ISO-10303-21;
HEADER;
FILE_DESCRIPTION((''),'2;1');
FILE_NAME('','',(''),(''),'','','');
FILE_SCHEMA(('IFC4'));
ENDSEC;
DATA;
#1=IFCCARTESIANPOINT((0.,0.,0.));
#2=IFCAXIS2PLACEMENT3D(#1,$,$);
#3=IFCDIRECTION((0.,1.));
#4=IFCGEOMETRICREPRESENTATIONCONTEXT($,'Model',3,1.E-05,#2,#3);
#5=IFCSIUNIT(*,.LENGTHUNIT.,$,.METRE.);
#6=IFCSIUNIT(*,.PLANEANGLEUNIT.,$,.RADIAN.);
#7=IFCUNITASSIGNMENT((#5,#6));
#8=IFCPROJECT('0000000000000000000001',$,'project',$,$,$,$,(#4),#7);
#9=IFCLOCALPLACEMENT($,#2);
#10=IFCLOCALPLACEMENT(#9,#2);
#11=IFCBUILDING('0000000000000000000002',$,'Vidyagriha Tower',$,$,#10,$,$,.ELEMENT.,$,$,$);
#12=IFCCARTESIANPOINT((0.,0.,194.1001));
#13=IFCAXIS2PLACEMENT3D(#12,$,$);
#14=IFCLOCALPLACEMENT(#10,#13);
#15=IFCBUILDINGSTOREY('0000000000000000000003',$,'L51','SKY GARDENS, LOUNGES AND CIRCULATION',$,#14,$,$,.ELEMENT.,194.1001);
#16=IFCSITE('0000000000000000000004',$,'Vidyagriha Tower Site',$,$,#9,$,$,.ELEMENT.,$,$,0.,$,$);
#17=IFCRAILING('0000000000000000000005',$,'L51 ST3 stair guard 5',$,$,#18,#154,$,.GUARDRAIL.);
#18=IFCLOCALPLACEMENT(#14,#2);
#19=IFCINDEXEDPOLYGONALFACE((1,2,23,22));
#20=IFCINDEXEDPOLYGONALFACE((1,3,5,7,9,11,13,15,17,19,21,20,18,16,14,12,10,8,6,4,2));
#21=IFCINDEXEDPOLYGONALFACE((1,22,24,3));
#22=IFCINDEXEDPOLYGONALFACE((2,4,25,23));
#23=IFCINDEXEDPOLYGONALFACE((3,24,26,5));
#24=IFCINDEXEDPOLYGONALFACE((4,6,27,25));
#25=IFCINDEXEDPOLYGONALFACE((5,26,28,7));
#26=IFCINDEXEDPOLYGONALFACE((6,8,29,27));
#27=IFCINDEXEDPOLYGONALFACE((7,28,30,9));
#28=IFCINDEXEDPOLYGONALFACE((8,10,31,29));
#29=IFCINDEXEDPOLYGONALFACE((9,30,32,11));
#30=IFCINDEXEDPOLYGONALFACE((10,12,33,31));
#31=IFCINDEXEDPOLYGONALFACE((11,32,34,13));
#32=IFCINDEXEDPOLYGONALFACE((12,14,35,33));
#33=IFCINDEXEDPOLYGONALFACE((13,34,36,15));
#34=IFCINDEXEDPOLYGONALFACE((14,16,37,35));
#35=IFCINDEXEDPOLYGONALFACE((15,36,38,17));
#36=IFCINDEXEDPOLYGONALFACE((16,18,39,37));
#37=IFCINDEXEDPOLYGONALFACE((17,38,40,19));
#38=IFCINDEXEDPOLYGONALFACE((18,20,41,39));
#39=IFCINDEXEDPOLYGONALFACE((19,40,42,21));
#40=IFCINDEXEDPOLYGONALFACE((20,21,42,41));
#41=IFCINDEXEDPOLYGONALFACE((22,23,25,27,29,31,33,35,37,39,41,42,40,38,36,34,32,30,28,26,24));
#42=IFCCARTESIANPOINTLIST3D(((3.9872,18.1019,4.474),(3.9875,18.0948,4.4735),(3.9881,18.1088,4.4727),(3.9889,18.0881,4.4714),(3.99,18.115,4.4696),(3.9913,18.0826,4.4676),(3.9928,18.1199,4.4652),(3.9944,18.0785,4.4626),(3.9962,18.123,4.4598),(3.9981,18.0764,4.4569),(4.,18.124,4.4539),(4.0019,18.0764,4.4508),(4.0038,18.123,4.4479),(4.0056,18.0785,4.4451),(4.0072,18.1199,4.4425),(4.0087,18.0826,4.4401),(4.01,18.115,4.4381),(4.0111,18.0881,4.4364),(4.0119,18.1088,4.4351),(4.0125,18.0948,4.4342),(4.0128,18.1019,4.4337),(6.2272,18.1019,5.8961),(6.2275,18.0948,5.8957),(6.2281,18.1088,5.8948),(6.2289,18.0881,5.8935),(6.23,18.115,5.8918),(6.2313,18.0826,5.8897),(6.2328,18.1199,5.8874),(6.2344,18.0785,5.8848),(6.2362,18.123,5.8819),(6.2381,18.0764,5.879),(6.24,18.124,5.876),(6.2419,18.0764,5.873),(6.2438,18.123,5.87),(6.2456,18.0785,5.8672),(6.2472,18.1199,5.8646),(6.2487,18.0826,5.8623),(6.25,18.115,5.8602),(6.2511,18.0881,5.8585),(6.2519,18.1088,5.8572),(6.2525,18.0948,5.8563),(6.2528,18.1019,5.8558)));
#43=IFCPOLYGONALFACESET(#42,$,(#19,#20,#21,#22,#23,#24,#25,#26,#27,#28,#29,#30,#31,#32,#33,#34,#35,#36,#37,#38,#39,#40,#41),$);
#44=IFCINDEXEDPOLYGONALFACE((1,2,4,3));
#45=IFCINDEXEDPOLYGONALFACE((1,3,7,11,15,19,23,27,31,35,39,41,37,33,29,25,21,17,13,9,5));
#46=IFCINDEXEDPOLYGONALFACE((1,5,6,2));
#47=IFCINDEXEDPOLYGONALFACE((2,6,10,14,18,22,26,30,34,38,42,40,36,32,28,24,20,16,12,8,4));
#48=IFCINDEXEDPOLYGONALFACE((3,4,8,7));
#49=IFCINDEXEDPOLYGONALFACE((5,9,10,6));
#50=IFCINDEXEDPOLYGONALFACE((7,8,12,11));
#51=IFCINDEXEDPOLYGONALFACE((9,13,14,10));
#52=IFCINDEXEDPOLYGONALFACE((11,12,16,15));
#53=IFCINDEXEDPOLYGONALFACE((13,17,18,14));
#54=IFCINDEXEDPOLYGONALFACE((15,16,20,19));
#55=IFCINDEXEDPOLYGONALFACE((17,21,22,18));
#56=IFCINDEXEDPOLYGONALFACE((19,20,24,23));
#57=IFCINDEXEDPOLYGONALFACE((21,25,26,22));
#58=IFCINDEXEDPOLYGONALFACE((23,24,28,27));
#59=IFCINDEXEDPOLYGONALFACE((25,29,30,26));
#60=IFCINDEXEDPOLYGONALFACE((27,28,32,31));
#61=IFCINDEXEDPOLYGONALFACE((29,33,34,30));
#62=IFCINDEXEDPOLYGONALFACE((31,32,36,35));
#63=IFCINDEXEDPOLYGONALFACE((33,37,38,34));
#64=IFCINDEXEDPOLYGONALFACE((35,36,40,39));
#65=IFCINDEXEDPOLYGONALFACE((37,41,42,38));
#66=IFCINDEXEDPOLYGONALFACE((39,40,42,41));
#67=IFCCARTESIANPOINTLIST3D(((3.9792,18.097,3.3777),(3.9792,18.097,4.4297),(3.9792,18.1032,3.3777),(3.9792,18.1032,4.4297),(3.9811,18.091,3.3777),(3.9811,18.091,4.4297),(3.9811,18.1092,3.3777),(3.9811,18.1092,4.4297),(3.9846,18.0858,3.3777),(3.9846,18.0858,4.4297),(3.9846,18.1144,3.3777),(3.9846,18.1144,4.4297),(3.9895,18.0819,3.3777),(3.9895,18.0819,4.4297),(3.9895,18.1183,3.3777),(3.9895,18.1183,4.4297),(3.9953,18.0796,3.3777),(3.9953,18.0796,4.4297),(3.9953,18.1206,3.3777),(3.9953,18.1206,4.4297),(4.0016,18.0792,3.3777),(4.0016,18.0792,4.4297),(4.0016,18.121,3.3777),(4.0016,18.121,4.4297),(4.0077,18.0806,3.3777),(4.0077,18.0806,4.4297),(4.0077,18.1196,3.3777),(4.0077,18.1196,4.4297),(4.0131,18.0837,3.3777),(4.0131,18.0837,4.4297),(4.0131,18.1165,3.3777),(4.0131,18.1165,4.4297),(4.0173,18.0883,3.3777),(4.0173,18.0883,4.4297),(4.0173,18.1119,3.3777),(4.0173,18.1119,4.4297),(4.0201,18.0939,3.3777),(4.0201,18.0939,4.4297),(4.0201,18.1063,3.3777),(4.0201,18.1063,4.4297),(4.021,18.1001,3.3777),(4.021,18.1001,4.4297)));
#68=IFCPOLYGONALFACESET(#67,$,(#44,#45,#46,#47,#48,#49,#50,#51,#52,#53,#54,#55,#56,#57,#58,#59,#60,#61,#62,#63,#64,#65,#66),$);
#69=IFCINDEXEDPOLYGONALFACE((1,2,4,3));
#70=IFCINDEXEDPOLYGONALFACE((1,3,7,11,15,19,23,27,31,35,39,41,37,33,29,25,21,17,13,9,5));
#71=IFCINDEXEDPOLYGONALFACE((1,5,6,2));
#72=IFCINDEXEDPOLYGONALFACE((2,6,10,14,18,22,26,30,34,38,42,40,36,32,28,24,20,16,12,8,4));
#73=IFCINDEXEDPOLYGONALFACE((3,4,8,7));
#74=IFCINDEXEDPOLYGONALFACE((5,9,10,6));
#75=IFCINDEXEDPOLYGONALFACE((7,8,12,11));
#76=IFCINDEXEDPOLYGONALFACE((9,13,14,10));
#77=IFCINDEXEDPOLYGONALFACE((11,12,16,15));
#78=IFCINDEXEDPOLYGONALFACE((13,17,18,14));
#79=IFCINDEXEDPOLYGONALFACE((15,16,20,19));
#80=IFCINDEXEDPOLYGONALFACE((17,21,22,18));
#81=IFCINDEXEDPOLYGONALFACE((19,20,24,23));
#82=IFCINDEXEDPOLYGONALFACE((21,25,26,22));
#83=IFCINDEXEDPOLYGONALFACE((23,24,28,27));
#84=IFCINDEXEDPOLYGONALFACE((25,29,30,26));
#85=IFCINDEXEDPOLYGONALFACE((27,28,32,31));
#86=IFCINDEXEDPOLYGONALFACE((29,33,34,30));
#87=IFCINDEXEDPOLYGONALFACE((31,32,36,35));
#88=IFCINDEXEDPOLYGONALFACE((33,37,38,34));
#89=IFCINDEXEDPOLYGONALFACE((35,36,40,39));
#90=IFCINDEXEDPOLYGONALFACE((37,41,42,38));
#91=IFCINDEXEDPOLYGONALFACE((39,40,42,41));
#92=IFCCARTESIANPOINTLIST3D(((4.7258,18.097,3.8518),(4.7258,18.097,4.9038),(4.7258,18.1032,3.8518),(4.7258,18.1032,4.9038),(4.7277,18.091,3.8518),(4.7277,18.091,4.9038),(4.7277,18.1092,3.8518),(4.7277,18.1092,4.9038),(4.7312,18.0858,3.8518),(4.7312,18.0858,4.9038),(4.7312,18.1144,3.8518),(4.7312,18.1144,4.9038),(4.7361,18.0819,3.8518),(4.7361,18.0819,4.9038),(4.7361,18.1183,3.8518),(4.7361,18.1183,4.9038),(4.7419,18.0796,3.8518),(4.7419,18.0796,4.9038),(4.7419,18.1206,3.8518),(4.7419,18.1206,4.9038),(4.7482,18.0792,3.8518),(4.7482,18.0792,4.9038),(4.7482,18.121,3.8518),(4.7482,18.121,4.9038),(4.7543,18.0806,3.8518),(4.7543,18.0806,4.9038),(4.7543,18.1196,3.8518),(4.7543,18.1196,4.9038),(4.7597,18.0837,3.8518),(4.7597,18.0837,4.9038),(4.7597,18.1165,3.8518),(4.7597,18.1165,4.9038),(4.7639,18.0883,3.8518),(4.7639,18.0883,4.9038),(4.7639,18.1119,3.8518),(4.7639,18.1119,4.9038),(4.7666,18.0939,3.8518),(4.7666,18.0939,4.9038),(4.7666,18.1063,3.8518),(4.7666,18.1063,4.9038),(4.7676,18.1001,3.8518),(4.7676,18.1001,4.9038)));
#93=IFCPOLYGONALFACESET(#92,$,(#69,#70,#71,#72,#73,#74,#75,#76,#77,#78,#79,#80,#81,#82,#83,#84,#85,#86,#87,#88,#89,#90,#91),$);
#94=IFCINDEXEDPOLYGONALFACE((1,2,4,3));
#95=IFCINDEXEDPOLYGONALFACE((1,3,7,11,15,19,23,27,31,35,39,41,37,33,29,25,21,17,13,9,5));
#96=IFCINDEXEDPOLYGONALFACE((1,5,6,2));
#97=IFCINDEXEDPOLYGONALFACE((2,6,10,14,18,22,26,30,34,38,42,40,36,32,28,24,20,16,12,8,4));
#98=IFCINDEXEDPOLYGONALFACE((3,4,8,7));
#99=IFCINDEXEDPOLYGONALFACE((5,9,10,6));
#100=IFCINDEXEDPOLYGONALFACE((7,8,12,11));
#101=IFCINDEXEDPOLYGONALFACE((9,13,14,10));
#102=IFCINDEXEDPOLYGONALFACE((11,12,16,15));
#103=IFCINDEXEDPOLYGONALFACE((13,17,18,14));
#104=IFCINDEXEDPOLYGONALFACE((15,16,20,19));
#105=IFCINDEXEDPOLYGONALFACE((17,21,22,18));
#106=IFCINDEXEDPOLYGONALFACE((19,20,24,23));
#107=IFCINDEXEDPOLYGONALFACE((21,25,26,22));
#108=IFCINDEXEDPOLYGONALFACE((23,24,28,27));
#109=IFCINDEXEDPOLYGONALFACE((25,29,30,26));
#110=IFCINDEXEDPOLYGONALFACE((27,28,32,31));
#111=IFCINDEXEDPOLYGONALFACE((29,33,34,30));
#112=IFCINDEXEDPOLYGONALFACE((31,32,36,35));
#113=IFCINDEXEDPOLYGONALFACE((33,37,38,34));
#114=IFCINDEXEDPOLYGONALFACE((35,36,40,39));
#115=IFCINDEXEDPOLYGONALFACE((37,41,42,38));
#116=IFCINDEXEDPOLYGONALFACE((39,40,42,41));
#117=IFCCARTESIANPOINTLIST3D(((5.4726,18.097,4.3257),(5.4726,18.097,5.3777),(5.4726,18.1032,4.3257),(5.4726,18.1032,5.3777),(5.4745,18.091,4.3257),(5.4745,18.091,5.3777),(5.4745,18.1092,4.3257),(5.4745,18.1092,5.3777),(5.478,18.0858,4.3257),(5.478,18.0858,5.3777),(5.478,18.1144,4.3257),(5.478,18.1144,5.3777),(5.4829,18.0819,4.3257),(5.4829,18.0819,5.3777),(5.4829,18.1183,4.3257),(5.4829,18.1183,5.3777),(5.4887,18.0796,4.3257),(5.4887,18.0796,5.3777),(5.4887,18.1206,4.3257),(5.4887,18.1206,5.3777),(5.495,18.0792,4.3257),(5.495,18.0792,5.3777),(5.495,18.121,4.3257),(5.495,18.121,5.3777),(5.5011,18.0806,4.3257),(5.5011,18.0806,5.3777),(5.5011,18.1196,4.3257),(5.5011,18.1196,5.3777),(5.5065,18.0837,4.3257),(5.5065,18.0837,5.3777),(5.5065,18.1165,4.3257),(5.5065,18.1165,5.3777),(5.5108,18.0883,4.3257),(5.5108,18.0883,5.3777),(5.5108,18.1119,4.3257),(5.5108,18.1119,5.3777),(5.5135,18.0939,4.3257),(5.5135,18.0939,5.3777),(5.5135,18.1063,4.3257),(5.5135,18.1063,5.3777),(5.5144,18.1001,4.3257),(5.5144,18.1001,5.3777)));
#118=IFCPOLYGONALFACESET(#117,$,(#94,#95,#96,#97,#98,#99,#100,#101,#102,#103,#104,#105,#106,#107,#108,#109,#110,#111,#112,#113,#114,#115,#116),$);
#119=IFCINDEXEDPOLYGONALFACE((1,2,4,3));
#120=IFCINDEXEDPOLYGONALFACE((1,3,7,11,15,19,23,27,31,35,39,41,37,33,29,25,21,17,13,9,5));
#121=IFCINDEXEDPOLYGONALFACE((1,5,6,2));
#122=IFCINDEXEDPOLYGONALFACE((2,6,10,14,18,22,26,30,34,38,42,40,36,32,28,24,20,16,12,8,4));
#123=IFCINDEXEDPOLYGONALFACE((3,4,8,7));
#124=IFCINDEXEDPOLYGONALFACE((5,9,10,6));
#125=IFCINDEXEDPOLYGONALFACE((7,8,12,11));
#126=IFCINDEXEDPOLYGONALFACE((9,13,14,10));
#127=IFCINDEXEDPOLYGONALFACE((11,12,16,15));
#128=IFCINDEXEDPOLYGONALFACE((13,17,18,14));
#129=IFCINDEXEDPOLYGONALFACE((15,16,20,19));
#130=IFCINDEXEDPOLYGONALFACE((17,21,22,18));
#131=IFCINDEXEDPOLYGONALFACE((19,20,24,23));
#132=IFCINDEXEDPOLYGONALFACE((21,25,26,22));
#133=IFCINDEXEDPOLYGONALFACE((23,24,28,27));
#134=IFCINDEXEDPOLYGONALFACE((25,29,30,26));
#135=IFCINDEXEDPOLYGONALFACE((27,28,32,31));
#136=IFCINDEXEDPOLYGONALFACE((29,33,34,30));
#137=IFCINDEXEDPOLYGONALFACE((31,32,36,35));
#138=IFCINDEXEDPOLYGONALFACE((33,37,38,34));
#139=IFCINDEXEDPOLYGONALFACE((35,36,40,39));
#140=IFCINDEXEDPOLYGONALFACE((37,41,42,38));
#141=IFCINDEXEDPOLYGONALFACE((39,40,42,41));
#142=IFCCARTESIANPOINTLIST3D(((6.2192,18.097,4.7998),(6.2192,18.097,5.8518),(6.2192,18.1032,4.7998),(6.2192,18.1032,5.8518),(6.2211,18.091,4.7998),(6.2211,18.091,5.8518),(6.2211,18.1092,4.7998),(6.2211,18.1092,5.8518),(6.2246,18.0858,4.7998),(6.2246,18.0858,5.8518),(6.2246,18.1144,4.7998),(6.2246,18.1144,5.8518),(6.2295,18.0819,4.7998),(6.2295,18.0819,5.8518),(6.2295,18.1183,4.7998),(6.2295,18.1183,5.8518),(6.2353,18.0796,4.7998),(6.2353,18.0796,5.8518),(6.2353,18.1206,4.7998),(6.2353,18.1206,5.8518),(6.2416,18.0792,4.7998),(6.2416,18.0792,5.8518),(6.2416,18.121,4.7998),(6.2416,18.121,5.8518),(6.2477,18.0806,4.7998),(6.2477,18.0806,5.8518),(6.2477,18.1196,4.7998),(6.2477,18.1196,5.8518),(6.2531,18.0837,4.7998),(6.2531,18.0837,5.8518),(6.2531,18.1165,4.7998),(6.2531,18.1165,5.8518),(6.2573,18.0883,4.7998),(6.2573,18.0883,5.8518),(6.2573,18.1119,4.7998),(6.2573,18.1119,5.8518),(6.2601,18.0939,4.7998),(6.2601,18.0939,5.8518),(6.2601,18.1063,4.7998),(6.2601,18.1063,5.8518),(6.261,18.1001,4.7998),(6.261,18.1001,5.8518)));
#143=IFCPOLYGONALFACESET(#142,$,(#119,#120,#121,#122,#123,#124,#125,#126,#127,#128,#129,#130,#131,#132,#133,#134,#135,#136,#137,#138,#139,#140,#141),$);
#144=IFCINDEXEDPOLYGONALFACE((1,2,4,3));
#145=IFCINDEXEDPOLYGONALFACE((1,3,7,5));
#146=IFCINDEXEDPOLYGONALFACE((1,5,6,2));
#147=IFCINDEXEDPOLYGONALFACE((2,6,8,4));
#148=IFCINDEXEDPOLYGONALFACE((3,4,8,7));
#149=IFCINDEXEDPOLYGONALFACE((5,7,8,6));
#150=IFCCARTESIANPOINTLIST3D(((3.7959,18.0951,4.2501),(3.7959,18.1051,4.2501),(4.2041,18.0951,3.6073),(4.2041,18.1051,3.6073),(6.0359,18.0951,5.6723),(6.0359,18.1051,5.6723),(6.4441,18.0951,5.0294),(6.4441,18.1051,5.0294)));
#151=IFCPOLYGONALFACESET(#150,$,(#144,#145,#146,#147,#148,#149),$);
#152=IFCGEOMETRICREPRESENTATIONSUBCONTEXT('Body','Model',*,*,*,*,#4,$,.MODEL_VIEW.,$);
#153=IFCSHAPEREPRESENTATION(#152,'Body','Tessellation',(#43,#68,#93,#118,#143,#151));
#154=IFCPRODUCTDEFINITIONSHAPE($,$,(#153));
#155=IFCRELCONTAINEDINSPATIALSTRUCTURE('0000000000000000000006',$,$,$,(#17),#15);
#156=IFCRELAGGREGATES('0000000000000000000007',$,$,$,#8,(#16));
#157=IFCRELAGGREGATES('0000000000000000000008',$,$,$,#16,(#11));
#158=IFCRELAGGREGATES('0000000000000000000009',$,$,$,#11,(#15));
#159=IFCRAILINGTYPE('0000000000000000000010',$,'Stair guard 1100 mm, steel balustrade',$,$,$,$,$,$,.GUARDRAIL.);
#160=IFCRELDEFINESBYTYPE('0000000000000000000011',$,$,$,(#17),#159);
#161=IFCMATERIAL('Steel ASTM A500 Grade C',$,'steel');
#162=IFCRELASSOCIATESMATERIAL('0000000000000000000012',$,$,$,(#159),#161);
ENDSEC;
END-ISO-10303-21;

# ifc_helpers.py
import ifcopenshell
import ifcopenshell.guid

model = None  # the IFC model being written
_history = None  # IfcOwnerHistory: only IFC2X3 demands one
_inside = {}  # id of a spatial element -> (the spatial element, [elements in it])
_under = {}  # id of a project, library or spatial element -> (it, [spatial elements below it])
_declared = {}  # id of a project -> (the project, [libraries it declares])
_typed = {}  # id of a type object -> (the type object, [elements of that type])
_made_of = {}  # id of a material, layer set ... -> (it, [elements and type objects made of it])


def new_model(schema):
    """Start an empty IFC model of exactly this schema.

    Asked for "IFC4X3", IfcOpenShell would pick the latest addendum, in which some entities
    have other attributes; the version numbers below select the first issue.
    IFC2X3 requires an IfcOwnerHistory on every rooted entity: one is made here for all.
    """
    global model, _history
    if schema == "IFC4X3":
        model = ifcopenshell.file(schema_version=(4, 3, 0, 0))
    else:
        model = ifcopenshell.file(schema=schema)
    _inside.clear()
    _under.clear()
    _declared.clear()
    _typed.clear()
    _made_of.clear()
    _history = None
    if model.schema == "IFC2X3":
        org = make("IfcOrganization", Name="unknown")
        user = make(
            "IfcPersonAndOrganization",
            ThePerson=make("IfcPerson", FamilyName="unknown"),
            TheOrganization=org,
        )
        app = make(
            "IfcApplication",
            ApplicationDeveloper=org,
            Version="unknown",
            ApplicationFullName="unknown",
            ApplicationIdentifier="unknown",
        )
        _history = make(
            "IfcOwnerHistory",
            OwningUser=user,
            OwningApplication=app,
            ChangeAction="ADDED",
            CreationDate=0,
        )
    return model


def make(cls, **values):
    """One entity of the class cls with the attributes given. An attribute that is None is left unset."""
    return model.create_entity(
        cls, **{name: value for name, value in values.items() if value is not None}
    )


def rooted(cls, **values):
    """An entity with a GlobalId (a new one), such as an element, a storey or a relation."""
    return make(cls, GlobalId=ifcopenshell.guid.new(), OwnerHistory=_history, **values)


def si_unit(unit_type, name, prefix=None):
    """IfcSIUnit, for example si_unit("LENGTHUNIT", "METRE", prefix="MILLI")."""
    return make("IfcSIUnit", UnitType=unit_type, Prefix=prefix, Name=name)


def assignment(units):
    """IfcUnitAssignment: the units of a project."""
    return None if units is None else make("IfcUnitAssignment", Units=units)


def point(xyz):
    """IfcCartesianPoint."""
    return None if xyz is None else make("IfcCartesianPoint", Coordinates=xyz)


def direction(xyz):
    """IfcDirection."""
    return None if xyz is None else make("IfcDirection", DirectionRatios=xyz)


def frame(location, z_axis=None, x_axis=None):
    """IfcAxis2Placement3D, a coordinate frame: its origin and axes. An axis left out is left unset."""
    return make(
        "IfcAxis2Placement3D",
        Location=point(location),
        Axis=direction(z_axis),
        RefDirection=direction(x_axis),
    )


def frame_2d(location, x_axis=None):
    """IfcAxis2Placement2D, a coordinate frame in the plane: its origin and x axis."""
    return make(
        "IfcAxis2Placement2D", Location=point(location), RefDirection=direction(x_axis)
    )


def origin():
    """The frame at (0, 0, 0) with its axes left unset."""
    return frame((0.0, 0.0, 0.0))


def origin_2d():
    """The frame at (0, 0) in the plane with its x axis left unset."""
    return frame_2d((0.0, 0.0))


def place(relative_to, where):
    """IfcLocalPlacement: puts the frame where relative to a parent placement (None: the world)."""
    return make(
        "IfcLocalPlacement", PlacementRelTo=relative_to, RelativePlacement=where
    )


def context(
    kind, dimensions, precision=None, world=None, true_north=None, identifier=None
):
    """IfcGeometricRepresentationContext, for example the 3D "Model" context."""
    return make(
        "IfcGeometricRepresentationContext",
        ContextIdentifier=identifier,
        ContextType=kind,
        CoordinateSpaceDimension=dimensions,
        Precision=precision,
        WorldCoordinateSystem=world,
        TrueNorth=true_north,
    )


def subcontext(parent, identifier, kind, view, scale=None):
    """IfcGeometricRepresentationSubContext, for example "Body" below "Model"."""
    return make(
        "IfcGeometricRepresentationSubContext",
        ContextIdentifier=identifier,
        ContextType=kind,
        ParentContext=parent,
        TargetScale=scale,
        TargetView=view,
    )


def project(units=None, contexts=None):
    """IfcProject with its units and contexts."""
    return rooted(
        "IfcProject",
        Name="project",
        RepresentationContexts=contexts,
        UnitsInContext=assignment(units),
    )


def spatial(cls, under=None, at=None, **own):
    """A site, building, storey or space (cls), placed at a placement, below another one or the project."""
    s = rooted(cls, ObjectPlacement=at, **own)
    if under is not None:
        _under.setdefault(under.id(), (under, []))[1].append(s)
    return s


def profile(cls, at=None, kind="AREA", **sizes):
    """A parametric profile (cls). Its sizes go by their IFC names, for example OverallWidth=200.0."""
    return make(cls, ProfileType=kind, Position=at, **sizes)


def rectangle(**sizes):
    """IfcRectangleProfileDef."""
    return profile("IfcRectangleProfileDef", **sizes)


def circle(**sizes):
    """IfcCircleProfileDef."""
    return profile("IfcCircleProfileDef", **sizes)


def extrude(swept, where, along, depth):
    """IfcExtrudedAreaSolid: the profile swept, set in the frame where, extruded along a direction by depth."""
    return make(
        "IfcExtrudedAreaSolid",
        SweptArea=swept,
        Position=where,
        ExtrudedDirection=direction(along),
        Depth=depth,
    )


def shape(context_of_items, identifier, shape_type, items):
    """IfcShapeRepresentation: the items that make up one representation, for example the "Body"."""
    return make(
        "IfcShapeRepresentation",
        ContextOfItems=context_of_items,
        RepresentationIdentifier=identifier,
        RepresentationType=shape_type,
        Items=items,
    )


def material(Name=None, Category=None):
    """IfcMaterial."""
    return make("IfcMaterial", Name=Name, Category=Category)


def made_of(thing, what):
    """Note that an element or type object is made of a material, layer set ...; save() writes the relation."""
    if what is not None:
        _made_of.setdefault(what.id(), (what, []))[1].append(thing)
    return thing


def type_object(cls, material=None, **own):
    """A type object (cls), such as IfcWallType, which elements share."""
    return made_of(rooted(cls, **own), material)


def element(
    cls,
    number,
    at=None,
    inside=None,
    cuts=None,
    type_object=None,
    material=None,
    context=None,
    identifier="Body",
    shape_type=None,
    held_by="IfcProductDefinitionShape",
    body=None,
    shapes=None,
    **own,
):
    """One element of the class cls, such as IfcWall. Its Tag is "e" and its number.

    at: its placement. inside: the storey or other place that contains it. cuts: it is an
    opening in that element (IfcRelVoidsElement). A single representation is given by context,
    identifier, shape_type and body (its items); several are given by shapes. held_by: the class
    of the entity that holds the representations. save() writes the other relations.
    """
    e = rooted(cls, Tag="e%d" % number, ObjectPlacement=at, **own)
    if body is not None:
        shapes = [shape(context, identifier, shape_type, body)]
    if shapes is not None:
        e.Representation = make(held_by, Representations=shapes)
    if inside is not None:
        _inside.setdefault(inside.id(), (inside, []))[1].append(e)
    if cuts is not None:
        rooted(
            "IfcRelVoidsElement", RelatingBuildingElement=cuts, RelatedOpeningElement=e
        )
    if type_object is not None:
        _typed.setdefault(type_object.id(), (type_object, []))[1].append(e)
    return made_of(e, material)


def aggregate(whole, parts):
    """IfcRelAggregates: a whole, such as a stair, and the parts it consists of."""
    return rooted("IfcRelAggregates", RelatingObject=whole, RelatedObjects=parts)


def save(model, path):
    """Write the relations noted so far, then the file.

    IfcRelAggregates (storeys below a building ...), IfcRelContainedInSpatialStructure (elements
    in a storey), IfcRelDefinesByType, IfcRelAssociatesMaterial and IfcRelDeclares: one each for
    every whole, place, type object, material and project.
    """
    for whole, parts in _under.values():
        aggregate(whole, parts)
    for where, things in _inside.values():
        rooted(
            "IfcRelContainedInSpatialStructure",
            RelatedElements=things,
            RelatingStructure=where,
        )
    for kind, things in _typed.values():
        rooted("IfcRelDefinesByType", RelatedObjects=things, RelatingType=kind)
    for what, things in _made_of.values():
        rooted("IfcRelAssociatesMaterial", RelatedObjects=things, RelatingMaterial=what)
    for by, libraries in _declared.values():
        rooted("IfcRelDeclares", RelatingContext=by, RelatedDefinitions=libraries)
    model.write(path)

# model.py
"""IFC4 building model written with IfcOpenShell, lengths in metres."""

from ifc_helpers import new_model, si_unit, direction, frame, origin, origin_2d, place, context, subcontext, project, spatial, rectangle, circle, extrude, material, type_object, element, save


model = new_model("IFC4")

# Units and contexts
model_context = context("Model", 3, precision=1e-05, world=origin(), true_north=direction((0.0, 1.0)))
body_context = subcontext(model_context, "Body", "Model", "MODEL_VIEW")
ifc_project = project(units=[si_unit("LENGTHUNIT", "METRE"), si_unit("PLANEANGLEUNIT", "RADIAN")], contexts=[model_context])

# Site, building, storey
site_placement = place(None, origin())
site = spatial("IfcSite", under=ifc_project, at=site_placement, Name="Vidyagriha Tower Site", CompositionType="ELEMENT", RefElevation=0.0)
building_placement = place(site_placement, origin())
building = spatial("IfcBuilding", under=site, at=building_placement, Name="Vidyagriha Tower", CompositionType="ELEMENT")
storey_placement = place(building_placement, frame((0.0, 0.0, 194.1001)))
storey = spatial("IfcBuildingStorey", under=building, at=storey_placement, Name="L51", Description="SKY GARDENS, LOUNGES AND CIRCULATION", CompositionType="ELEMENT", Elevation=194.1001)

# Railing
ifc_material_1 = material(Name="Steel ASTM A500 Grade C", Category="steel")
railing_type_1 = type_object("IfcRailingType", Name="Stair guard 1100 mm, steel balustrade", PredefinedType="GUARDRAIL", material=ifc_material_1)
railing_1_placement = place(storey_placement, frame((4.0, 18.1001, 3.3777)))
element("IfcRailing", 1, at=railing_1_placement, inside=storey, type_object=railing_type_1, Name="L51 ST3 stair guard 5", PredefinedType="GUARDRAIL", context=body_context, shape_type="SweptSolid", body=[
    extrude(circle(Radius=0.0239, at=origin_2d()), frame((0.0, 0.0, 1.0762), z_axis=(0.844229, 0.0, 0.535982), x_axis=(0.0, 1.0, 0.0)), (0.0, 0.0, 1.0), 2.6533),
    extrude(circle(Radius=0.021, at=origin_2d()), origin(), (0.0, 0.0, 1.0), 1.052),
    extrude(circle(Radius=0.021, at=origin_2d()), frame((0.7466, 0.0, 0.4741)), (0.0, 0.0, 1.0), 1.052),
    extrude(circle(Radius=0.021, at=origin_2d()), frame((1.4934, 0.0, 0.948)), (0.0, 0.0, 1.0), 1.052),
    extrude(circle(Radius=0.021, at=origin_2d()), frame((2.24, 0.0, 1.4221)), (0.0, 0.0, 1.0), 1.052),
    extrude(rectangle(XDim=0.01, YDim=0.7615, at=origin_2d()), frame((0.0, 0.0, 0.551), z_axis=(0.844229, 0.0, 0.535982), x_axis=(0.0, 1.0, 0.0)), (0.0, 0.0, 1.0), 2.6533),
])

save(model, "model.ifc")
